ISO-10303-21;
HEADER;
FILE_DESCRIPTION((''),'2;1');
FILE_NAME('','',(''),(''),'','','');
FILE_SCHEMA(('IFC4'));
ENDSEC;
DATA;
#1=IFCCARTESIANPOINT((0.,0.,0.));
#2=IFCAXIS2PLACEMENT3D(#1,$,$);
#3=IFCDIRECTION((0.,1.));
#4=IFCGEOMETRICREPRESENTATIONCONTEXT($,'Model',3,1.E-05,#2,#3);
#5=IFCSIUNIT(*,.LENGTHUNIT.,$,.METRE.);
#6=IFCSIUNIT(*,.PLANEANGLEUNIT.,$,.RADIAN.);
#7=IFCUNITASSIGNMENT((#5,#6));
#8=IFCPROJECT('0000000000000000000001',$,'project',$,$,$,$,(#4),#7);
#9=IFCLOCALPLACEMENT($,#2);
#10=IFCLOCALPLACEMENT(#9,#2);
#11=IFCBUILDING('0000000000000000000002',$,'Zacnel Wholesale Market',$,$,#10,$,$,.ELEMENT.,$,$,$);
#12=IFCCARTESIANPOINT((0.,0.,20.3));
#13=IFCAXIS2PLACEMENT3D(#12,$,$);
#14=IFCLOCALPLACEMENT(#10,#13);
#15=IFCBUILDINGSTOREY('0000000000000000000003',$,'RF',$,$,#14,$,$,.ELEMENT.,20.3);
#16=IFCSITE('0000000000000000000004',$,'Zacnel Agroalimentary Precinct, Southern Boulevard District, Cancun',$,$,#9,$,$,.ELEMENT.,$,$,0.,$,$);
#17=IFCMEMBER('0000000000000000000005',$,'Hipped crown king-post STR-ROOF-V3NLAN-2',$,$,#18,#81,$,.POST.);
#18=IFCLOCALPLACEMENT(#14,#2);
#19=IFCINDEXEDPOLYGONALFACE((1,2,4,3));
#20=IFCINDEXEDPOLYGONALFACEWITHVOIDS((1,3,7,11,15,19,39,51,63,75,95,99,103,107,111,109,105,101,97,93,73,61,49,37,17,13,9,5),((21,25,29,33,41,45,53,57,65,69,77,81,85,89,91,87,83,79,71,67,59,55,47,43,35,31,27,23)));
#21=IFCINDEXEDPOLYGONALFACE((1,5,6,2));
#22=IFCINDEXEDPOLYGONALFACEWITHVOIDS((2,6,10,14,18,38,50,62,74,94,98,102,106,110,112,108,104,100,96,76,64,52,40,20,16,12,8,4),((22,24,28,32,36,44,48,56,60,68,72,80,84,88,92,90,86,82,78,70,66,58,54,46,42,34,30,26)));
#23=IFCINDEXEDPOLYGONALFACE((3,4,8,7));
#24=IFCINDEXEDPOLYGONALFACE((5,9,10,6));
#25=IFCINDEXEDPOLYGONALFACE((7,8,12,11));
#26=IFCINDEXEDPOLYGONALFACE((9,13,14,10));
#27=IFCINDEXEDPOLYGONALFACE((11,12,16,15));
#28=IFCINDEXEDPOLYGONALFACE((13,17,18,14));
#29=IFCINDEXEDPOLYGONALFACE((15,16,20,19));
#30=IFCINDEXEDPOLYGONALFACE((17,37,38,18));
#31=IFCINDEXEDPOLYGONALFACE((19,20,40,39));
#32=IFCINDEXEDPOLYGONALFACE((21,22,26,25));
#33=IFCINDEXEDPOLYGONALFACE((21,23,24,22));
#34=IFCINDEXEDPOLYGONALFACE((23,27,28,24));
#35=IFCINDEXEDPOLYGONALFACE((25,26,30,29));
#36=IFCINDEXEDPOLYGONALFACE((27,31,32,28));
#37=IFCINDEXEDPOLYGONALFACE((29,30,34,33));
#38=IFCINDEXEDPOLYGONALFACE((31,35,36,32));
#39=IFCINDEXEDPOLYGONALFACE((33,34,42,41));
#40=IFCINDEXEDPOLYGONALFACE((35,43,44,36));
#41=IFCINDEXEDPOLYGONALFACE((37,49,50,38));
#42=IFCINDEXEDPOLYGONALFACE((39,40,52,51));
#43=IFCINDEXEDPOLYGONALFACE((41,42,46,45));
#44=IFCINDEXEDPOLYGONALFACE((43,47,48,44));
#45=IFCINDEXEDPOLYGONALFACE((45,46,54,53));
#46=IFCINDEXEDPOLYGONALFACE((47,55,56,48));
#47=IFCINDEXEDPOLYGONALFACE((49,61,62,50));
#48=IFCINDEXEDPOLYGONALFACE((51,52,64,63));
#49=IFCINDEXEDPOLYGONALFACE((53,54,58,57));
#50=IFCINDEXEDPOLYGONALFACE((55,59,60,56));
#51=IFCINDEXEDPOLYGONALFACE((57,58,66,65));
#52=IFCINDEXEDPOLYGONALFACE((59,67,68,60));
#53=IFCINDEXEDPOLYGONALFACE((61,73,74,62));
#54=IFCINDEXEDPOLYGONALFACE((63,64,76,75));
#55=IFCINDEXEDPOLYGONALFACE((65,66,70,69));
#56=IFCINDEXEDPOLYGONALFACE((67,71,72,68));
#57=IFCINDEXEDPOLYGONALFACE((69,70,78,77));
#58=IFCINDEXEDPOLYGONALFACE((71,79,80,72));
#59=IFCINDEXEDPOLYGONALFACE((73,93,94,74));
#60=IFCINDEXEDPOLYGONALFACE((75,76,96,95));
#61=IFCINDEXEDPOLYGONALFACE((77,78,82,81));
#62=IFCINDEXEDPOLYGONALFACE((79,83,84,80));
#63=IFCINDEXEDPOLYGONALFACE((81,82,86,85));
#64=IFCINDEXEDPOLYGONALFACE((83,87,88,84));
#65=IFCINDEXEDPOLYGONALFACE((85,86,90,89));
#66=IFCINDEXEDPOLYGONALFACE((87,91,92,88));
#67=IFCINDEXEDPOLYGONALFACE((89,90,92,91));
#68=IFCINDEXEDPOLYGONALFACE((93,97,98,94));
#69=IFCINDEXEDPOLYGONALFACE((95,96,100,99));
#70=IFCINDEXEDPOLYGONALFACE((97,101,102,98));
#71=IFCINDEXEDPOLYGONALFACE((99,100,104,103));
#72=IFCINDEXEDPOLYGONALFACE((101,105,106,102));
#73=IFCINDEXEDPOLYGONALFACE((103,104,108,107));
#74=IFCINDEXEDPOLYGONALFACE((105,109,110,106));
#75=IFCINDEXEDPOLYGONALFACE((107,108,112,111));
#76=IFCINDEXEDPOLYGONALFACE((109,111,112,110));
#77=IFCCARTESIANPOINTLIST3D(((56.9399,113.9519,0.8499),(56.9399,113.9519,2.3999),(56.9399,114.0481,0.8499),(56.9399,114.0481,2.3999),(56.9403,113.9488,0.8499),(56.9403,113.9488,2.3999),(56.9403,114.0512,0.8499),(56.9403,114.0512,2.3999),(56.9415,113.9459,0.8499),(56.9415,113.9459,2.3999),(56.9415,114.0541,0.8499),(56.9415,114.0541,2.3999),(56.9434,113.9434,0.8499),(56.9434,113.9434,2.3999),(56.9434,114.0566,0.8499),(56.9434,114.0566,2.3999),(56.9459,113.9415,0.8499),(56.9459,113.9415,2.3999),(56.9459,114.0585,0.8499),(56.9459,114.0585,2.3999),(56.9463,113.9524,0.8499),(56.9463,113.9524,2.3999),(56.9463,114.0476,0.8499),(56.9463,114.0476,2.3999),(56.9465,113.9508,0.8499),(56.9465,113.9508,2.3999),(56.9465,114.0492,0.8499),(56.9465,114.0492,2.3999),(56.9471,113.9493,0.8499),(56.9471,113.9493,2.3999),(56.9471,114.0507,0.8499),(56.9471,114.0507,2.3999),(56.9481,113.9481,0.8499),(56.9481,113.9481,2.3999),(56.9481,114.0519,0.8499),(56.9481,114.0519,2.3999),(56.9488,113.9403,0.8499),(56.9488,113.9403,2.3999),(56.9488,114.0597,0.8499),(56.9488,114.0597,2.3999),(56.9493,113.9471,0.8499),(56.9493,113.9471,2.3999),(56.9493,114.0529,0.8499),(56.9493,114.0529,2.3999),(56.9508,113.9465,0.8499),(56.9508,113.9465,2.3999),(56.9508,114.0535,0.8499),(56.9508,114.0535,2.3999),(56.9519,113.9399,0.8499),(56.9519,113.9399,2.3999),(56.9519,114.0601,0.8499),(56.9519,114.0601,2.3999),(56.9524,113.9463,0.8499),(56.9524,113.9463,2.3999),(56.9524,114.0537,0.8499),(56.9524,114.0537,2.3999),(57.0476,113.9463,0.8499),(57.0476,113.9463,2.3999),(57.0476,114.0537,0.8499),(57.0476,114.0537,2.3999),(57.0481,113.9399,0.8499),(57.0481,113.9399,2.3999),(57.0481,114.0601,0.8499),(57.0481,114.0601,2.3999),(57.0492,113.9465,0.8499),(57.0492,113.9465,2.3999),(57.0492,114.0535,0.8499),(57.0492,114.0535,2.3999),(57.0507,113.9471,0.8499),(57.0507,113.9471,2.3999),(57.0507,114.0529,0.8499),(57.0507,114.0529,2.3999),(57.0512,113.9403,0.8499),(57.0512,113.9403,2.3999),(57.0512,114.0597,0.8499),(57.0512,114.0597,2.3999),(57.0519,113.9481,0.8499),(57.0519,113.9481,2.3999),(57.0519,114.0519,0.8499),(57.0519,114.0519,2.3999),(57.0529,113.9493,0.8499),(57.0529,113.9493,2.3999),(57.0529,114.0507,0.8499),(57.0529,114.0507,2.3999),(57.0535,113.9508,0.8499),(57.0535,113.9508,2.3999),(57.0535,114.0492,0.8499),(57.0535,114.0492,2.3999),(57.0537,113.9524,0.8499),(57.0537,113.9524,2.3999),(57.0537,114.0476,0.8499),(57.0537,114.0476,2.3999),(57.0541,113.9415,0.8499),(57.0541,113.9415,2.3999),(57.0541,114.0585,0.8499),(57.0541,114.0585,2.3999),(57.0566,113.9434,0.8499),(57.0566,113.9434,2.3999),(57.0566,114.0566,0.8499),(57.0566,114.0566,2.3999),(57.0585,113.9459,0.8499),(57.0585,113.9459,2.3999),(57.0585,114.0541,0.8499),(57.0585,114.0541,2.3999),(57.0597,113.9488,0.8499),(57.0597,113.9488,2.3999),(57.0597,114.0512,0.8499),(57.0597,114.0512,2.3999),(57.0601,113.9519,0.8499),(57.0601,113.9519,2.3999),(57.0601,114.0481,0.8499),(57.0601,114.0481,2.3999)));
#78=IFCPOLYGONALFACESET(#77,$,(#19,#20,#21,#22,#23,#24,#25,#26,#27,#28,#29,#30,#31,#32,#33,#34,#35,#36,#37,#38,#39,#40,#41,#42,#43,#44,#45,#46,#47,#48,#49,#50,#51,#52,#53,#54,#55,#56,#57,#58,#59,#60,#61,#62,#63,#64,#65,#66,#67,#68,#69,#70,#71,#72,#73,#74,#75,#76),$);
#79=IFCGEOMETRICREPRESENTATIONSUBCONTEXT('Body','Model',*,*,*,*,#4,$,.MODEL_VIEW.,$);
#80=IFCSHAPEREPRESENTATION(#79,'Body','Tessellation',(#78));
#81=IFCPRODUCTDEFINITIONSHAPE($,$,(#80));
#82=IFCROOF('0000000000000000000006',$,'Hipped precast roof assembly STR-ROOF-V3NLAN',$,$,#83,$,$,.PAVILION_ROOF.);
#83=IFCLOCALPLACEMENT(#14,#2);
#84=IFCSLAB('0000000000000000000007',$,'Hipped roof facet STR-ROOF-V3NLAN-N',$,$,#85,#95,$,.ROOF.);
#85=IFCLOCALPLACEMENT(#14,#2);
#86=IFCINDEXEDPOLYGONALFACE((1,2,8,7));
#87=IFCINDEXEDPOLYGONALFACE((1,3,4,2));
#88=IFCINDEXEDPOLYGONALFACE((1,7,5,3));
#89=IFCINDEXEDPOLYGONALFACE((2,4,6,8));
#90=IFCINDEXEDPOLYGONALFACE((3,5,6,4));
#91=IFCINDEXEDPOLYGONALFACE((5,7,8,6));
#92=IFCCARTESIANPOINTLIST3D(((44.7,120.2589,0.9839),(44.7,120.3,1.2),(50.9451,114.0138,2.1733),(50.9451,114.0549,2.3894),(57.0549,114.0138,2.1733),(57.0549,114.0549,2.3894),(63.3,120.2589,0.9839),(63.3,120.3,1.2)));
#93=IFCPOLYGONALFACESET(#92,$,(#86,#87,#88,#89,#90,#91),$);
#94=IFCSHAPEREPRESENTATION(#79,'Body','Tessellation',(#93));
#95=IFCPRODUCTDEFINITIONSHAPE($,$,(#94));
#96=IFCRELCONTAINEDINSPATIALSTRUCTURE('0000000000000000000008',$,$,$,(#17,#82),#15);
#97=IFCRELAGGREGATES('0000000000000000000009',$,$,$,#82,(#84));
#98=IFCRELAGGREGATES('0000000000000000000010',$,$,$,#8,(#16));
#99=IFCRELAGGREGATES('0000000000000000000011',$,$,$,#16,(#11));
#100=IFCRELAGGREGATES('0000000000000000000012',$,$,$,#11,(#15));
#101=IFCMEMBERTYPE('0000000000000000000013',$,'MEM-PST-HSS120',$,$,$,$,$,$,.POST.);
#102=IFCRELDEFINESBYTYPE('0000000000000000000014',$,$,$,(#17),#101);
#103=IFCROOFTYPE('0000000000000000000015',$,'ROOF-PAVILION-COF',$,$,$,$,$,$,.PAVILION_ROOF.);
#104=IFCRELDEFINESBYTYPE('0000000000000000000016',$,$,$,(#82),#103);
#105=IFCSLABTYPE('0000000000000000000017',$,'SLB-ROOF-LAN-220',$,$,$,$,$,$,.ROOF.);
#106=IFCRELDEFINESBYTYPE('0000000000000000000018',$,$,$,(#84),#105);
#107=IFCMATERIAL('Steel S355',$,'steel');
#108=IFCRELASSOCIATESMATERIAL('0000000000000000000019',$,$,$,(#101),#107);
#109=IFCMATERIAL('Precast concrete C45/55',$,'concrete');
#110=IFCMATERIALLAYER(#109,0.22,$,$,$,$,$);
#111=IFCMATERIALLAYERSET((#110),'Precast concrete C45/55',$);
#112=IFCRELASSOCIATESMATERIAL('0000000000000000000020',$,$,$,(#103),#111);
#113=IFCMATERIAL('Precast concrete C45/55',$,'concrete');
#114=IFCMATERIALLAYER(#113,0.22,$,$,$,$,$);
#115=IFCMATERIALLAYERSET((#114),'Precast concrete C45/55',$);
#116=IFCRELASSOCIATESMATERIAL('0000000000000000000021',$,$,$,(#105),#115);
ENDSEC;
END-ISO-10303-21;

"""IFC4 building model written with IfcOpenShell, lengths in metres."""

from ifc_helpers import new_model, si_unit, direction, frame, origin, origin_2d, place, context, subcontext, project, spatial, polyline, hollow_rectangle, outline, extrude, material, layer, layer_set, material_profile, profile_set, type_object, element, aggregate, save


model = new_model("IFC4")

# Units and contexts
model_context = context("Model", 3, precision=1e-05, world=origin(), true_north=direction((0.0, 1.0)))
body_context = subcontext(model_context, "Body", "Model", "MODEL_VIEW")
ifc_project = project(units=[si_unit("LENGTHUNIT", "METRE"), si_unit("PLANEANGLEUNIT", "RADIAN")], contexts=[model_context])

# Site, building, storey
site_placement = place(None, origin())
site = spatial("IfcSite", under=ifc_project, at=site_placement, Name="Zacnel Agroalimentary Precinct, Southern Boulevard District, Cancun", CompositionType="ELEMENT", RefElevation=0.0)
building_placement = place(site_placement, origin())
building = spatial("IfcBuilding", under=site, at=building_placement, Name="Zacnel Wholesale Market", CompositionType="ELEMENT")
storey_placement = place(building_placement, frame((0.0, 0.0, 20.3)))
storey = spatial("IfcBuildingStorey", under=building, at=storey_placement, Name="RF", CompositionType="ELEMENT", Elevation=20.3)

# Member
ifc_material_1 = material(Name="Steel S355", Category="steel")
ifc_material_profile_1 = material_profile(ifc_material_1, hollow_rectangle(XDim=0.1201, YDim=0.1201, WallThickness=0.0063, InnerFilletRadius=0.0061, OuterFilletRadius=0.012, at=origin_2d()), Name="HSS 120x120x6.3")
ifc_profile_set_1 = profile_set([ifc_material_profile_1], Name="Steel S355")
member_type = type_object("IfcMemberType", Name="MEM-PST-HSS120", PredefinedType="POST", material=ifc_profile_set_1)
for number, where, z_axis, x_axis, name in (
    (1, (57.0, 114.0, 0.8499), (0.0, 0.0, 1.0), (1.0, 0.0, 0.0), "Hipped crown king-post STR-ROOF-V3NLAN-2"),
):
    element("IfcMember", number, at=place(storey_placement, frame(where, z_axis=z_axis, x_axis=x_axis)), inside=storey, type_object=member_type, Name=name, PredefinedType="POST", context=body_context, shape_type="SweptSolid", body=[
        extrude(hollow_rectangle(XDim=0.1201, YDim=0.1201, WallThickness=0.0063, InnerFilletRadius=0.0061, OuterFilletRadius=0.012, at=origin_2d()), origin(), (0.0, 0.0, 1.0), 1.55),
    ])

# Roof, slab
ifc_material_2 = material(Name="Precast concrete C45/55", Category="concrete")
ifc_layer_1 = layer(ifc_material_2, 0.22)
ifc_layer_set_1 = layer_set([ifc_layer_1], Name="Precast concrete C45/55")
roof_type = type_object("IfcRoofType", Name="ROOF-PAVILION-COF", PredefinedType="PAVILION_ROOF", material=ifc_layer_set_1)
roof_placement = place(storey_placement, origin())
roof = element("IfcRoof", 2, at=roof_placement, inside=storey, type_object=roof_type, Name="Hipped precast roof assembly STR-ROOF-V3NLAN", PredefinedType="PAVILION_ROOF")
ifc_material_3 = material(Name="Precast concrete C45/55", Category="concrete")
ifc_layer_2 = layer(ifc_material_3, 0.22)
ifc_layer_set_2 = layer_set([ifc_layer_2], Name="Precast concrete C45/55")
slab_type = type_object("IfcSlabType", Name="SLB-ROOF-LAN-220", PredefinedType="ROOF", material=ifc_layer_set_2)
slab_placement = place(storey_placement, frame((63.3, 120.3, 1.2), z_axis=(0.0, 0.187098, 0.982341), x_axis=(-1.0, 0.0, 0.0)))
slab = element("IfcSlab", 3, at=slab_placement, type_object=slab_type, Name="Hipped roof facet STR-ROOF-V3NLAN-N", PredefinedType="ROOF", context=body_context, shape_type="SweptSolid", body=[
    extrude(outline(polyline([(0.0, 0.0), (18.6001, 0.0), (12.355, 6.3574), (6.2451, 6.3574), (0.0, 0.0)])), origin(), (0.0, 0.0, -1.0), 0.22),
])
aggregate(roof, [slab])

save(model, "model.ifc")
